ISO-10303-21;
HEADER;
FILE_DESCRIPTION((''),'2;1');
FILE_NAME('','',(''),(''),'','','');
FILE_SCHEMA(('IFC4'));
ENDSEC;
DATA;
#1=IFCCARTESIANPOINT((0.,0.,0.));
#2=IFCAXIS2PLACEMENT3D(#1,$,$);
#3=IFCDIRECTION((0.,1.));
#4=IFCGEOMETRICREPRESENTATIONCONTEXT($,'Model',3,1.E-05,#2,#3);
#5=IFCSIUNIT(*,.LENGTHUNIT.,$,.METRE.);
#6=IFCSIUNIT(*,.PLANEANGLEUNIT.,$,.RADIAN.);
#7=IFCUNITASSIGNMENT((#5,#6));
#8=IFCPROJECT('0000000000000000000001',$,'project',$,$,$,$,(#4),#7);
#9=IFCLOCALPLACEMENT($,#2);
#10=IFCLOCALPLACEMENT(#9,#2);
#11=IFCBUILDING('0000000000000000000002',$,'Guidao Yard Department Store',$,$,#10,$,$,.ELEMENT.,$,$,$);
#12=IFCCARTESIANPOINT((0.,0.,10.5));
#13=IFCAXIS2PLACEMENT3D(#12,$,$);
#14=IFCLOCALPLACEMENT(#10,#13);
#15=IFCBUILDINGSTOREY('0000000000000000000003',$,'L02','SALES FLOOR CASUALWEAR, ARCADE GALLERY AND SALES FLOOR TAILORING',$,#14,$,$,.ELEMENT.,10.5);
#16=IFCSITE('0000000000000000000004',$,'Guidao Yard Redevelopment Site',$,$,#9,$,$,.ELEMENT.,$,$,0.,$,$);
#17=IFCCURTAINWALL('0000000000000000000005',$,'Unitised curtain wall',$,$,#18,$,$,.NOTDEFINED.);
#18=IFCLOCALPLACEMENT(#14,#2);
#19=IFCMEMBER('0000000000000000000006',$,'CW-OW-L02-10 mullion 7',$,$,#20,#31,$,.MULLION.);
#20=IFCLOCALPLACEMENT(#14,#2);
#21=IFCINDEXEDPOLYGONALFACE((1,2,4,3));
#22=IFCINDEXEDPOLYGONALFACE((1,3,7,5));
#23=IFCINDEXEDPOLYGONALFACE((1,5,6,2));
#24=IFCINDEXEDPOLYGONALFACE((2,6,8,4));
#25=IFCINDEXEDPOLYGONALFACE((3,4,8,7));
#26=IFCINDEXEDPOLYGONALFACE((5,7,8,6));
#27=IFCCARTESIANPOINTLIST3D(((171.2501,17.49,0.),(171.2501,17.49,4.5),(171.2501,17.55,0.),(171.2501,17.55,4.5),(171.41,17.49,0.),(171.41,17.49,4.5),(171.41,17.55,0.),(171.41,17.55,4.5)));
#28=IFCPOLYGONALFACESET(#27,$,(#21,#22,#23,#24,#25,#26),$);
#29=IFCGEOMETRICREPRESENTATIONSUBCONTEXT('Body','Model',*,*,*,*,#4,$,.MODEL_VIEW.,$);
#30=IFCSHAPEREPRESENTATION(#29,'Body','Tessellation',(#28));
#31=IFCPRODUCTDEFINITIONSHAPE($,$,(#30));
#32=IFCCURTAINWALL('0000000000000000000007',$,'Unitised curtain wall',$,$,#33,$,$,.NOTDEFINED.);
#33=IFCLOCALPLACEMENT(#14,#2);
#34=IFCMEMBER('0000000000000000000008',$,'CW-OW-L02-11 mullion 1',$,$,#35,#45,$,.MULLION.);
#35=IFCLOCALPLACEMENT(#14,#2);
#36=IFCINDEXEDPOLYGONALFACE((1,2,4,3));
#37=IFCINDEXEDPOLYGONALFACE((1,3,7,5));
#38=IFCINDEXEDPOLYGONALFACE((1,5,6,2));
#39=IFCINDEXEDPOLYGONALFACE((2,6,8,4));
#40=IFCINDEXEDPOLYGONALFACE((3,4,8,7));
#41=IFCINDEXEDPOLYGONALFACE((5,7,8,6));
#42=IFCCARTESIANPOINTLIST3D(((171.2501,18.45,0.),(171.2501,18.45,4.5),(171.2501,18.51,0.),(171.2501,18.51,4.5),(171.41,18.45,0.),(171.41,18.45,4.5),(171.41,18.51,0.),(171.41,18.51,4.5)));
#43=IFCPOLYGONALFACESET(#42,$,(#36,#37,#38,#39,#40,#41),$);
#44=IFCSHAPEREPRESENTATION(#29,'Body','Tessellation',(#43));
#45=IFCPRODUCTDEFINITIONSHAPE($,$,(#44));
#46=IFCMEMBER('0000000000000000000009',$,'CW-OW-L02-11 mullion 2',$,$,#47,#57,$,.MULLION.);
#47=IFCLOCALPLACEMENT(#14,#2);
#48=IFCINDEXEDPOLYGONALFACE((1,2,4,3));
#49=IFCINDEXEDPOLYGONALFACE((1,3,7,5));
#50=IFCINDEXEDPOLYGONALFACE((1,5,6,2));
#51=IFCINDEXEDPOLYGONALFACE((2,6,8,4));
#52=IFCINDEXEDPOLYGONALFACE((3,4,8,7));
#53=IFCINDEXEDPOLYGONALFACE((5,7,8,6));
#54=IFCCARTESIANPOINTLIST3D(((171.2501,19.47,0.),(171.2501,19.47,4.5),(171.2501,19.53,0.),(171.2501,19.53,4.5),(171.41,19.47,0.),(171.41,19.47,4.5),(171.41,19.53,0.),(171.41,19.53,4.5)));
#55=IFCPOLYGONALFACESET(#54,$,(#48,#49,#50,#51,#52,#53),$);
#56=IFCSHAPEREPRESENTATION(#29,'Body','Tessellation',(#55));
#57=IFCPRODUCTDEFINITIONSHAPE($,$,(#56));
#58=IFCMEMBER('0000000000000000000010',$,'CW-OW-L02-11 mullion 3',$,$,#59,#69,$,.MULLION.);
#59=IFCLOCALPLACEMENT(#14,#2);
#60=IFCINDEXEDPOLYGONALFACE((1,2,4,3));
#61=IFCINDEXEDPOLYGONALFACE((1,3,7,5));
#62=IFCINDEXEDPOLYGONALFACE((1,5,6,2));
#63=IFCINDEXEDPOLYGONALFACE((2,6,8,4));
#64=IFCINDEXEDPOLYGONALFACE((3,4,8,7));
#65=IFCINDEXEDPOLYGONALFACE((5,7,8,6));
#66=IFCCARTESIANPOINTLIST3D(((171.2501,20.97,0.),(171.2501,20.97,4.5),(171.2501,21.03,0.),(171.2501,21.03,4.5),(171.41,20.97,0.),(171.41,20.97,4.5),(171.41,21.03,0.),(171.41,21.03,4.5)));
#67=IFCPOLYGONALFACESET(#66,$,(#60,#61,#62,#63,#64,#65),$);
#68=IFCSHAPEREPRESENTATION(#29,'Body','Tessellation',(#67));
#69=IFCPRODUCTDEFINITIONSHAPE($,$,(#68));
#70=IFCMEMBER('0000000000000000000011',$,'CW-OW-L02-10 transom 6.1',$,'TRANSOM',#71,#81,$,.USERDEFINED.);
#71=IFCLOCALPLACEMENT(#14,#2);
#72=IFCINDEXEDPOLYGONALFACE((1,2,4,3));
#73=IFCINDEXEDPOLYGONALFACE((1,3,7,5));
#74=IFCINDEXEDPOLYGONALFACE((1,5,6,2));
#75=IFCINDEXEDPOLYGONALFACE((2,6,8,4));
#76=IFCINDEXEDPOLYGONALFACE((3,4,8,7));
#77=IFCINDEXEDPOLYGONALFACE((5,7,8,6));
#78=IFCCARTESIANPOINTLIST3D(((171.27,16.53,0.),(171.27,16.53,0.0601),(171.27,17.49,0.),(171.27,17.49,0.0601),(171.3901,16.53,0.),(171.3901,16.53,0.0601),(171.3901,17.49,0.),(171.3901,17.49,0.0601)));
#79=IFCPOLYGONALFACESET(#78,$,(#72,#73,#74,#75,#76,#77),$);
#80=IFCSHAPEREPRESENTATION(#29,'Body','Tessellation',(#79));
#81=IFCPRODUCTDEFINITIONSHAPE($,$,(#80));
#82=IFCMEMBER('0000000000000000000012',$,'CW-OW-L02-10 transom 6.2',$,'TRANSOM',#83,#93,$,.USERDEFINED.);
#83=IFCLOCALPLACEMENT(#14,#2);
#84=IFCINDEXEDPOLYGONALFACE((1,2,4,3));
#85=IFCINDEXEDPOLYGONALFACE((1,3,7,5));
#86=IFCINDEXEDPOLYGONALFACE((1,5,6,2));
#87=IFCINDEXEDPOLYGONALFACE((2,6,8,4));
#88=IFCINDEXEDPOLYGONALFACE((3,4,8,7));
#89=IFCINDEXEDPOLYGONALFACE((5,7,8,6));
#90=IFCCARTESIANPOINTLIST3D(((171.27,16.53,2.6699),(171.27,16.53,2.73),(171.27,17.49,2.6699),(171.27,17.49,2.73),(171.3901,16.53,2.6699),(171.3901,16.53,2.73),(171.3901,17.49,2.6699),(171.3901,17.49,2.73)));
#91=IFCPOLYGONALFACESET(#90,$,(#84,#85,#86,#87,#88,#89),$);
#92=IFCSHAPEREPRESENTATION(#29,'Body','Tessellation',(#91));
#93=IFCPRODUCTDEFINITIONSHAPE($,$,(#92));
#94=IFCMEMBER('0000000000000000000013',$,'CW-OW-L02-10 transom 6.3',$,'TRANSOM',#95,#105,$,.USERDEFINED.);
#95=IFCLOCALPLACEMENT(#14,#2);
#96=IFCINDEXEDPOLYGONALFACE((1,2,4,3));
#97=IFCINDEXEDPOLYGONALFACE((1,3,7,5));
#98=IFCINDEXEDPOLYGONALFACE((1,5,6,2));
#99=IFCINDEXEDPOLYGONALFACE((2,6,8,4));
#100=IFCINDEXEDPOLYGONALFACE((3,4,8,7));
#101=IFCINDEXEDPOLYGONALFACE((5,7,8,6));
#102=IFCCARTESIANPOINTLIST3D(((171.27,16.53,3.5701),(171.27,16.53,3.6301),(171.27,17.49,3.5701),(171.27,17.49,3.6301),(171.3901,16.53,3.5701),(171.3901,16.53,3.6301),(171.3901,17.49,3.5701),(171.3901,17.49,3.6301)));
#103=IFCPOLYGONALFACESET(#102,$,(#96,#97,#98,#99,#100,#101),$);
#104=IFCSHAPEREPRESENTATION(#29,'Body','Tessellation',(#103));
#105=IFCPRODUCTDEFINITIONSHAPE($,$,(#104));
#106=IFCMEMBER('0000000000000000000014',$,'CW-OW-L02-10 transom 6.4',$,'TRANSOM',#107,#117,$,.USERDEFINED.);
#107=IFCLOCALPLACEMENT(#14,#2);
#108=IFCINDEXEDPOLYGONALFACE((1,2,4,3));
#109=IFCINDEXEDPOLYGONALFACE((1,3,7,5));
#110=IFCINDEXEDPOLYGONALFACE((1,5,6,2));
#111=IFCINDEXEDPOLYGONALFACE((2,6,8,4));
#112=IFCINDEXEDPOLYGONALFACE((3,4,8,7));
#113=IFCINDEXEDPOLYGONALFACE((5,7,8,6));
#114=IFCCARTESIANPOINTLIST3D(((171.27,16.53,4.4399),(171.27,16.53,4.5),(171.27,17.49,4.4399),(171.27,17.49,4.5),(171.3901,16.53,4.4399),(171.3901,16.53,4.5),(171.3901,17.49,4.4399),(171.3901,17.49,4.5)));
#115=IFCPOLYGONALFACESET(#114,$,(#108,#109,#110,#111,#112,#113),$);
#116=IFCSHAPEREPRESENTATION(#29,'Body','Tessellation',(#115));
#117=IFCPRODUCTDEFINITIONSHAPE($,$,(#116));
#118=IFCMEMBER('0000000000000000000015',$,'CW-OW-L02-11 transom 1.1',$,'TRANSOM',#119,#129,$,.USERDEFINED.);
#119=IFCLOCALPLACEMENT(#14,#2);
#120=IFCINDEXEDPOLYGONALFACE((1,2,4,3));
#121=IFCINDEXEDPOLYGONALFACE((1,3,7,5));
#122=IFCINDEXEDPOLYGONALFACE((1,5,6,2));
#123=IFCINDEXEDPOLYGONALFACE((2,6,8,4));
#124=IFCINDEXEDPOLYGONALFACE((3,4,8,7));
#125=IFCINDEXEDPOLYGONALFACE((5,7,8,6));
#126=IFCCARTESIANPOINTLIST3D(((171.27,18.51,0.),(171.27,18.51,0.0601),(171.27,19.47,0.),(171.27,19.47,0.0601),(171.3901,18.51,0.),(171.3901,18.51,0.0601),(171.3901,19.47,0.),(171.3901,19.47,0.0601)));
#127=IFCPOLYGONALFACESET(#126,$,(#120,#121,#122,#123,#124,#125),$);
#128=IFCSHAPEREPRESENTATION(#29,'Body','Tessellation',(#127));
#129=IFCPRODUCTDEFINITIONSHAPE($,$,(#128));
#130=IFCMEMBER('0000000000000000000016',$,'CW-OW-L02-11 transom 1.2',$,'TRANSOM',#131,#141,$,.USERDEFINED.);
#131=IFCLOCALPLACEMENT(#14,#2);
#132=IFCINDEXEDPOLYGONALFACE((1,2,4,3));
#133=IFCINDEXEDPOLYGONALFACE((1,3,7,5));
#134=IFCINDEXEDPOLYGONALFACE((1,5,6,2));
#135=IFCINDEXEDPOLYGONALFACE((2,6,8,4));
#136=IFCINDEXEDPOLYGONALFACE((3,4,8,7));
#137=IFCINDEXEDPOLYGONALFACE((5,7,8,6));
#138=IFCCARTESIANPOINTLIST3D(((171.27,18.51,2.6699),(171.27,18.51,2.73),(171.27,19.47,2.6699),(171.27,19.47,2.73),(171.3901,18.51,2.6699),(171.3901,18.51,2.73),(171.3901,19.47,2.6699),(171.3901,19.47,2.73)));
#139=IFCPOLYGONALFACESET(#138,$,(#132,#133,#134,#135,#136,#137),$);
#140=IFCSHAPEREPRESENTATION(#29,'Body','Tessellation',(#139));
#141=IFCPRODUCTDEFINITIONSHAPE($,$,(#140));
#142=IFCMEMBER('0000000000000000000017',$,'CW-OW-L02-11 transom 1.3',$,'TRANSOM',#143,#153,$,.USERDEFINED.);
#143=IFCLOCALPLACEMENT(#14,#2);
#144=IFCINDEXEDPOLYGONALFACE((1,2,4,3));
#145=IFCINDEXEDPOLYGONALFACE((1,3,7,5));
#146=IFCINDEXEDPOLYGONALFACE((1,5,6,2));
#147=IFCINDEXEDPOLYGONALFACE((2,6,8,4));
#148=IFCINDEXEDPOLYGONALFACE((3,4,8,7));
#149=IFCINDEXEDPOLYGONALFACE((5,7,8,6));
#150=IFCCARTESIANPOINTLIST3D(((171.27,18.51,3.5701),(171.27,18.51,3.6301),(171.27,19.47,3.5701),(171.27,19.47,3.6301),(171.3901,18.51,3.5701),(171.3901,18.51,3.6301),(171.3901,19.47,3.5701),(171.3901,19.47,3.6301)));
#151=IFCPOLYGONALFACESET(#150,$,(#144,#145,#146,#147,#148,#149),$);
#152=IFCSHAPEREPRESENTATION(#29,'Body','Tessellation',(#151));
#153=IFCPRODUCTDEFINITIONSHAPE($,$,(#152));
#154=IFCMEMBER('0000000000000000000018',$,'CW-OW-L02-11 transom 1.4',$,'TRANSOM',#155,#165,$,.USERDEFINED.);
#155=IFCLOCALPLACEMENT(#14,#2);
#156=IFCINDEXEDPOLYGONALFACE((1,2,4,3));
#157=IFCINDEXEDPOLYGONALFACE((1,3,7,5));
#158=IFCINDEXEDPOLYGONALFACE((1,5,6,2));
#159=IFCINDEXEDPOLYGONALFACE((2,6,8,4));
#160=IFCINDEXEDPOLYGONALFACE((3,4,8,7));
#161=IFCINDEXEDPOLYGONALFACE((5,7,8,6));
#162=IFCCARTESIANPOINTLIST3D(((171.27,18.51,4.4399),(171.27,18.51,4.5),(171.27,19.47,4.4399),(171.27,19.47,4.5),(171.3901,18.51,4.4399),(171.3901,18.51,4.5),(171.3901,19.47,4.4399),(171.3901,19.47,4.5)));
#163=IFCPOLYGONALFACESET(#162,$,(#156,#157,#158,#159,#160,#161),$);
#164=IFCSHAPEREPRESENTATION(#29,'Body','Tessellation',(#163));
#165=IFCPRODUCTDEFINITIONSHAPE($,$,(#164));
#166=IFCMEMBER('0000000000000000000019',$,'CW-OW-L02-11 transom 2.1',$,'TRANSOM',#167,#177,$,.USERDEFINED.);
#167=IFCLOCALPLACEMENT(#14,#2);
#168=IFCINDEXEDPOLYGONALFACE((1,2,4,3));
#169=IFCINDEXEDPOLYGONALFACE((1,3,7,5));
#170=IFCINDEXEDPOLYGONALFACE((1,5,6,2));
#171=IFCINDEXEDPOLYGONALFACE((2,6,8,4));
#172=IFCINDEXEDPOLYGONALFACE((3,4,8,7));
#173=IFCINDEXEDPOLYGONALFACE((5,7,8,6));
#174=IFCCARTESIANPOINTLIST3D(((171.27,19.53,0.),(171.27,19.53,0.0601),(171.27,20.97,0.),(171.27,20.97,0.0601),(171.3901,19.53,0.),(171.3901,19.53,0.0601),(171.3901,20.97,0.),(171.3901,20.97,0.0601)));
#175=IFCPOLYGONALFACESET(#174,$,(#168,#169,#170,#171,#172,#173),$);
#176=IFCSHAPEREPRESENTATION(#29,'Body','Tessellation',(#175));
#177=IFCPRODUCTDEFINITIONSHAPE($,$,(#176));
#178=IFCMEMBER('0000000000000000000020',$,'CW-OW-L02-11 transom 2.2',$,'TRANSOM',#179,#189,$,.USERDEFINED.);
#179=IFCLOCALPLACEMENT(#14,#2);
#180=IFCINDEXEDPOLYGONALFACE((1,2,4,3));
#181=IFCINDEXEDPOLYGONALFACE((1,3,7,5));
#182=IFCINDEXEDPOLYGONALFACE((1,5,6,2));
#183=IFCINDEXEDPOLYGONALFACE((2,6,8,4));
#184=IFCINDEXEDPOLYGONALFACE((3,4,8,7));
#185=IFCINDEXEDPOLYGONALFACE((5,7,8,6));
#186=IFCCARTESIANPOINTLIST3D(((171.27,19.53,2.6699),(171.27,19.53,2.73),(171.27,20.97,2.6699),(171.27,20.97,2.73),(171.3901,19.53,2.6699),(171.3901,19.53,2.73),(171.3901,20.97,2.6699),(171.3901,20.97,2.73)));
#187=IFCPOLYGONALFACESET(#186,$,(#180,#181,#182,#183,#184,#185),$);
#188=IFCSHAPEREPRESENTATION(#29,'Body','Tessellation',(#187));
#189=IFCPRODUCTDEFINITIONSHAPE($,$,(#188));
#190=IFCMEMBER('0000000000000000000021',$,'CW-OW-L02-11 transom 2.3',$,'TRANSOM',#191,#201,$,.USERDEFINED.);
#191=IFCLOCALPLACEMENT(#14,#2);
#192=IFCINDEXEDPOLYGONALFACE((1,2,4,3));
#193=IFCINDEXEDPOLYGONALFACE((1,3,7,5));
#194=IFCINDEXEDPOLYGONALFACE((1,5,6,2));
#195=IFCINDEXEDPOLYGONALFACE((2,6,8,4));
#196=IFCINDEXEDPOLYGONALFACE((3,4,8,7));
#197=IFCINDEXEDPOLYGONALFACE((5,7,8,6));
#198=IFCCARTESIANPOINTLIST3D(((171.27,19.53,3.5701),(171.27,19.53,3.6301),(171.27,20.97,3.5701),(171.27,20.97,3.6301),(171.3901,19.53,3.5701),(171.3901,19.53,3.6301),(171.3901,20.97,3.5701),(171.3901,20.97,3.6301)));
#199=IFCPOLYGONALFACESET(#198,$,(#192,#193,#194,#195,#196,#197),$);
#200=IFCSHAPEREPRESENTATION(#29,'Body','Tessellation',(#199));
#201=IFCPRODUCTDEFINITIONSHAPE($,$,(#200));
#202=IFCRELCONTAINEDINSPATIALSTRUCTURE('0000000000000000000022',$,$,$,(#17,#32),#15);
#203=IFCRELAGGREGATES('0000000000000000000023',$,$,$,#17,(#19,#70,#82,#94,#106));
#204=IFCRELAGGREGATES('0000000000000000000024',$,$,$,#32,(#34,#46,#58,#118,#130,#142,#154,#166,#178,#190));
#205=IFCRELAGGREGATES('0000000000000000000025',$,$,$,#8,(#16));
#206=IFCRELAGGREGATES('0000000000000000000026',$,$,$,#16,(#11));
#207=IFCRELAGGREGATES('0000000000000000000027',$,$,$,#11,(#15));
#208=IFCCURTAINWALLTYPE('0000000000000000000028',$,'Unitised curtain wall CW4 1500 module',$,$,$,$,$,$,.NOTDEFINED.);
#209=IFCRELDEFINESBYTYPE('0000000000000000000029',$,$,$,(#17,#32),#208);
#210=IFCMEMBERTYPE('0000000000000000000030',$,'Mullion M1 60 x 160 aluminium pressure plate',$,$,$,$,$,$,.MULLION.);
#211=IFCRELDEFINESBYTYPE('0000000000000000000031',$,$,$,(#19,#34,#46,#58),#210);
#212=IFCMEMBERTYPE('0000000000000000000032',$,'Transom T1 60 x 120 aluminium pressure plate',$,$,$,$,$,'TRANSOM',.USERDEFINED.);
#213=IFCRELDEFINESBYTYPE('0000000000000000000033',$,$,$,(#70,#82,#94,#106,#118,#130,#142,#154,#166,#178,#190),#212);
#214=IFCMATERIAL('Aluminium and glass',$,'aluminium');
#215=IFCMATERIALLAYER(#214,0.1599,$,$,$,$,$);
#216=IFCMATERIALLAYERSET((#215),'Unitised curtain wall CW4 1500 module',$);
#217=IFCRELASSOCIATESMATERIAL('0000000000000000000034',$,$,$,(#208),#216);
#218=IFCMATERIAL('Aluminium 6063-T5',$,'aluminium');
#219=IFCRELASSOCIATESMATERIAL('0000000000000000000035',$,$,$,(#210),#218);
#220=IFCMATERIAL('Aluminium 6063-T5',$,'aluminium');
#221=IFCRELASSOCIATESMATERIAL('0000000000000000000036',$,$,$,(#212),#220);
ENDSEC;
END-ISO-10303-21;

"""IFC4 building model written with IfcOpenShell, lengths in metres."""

from ifc_helpers import new_model, si_unit, direction, frame, origin, origin_2d, place, context, subcontext, project, spatial, rectangle, extrude, material, layer, layer_set, material_profile, profile_set, type_object, element, aggregate, save


model = new_model("IFC4")

# Units and contexts
model_context = context("Model", 3, precision=1e-05, world=origin(), true_north=direction((0.0, 1.0)))
body_context = subcontext(model_context, "Body", "Model", "MODEL_VIEW")
ifc_project = project(units=[si_unit("LENGTHUNIT", "METRE"), si_unit("PLANEANGLEUNIT", "RADIAN")], contexts=[model_context])

# Site, building, storey
site_placement = place(None, origin())
site = spatial("IfcSite", under=ifc_project, at=site_placement, Name="Guidao Yard Redevelopment Site", CompositionType="ELEMENT", RefElevation=0.0)
building_placement = place(site_placement, origin())
building = spatial("IfcBuilding", under=site, at=building_placement, Name="Guidao Yard Department Store", CompositionType="ELEMENT")
storey_placement = place(building_placement, frame((0.0, 0.0, 10.5)))
storey = spatial("IfcBuildingStorey", under=building, at=storey_placement, Name="L02", Description="SALES FLOOR CASUALWEAR, ARCADE GALLERY AND SALES FLOOR TAILORING", CompositionType="ELEMENT", Elevation=10.5)

# Curtain wall, member
ifc_material_1 = material(Name="Aluminium and glass", Category="aluminium")
ifc_layer_1 = layer(ifc_material_1, 0.1599)
ifc_layer_set_1 = layer_set([ifc_layer_1], Name="Unitised curtain wall CW4 1500 module")
curtain_wall_type = type_object("IfcCurtainWallType", Name="Unitised curtain wall CW4 1500 module", PredefinedType="NOTDEFINED", material=ifc_layer_set_1)
curtain_wall_1_placement = place(storey_placement, origin())
curtain_wall_1 = element("IfcCurtainWall", 1, at=curtain_wall_1_placement, inside=storey, type_object=curtain_wall_type, Name="Unitised curtain wall", PredefinedType="NOTDEFINED")
ifc_material_2 = material(Name="Aluminium 6063-T5", Category="aluminium")
ifc_material_profile_1 = material_profile(ifc_material_2, rectangle(XDim=0.0601, YDim=0.1599, at=origin_2d()), Name="Mullion M1 60 x 160 aluminium pressure plate")
ifc_profile_set_1 = profile_set([ifc_material_profile_1], Name="Aluminium 6063-T5")
member_type_1 = type_object("IfcMemberType", Name="Mullion M1 60 x 160 aluminium pressure plate", PredefinedType="MULLION", material=ifc_profile_set_1)
member_1_placement = place(storey_placement, frame((171.3301, 17.52, 0.0), z_axis=(0.0, 0.0, 1.0), x_axis=(0.0, -1.0, 0.0)))
member_1 = element("IfcMember", 2, at=member_1_placement, type_object=member_type_1, Name="CW-OW-L02-10 mullion 7", PredefinedType="MULLION", context=body_context, shape_type="SweptSolid", body=[
    extrude(rectangle(XDim=0.0601, YDim=0.1599, at=origin_2d()), origin(), (0.0, 0.0, 1.0), 4.5),
])

# Curtain wall, members
curtain_wall_2_placement = place(storey_placement, origin())
curtain_wall_2 = element("IfcCurtainWall", 3, at=curtain_wall_2_placement, inside=storey, type_object=curtain_wall_type, Name="Unitised curtain wall", PredefinedType="NOTDEFINED")
member_2_placement = place(storey_placement, frame((171.3301, 18.48, 0.0), z_axis=(0.0, 0.0, 1.0), x_axis=(0.0, -1.0, 0.0)))
member_2 = element("IfcMember", 4, at=member_2_placement, type_object=member_type_1, Name="CW-OW-L02-11 mullion 1", PredefinedType="MULLION", context=body_context, shape_type="SweptSolid", body=[
    extrude(rectangle(XDim=0.0601, YDim=0.1599, at=origin_2d()), origin(), (0.0, 0.0, 1.0), 4.5),
])
member_3_placement = place(storey_placement, frame((171.3301, 19.5, 0.0), z_axis=(0.0, 0.0, 1.0), x_axis=(0.0, -1.0, 0.0)))
member_3 = element("IfcMember", 5, at=member_3_placement, type_object=member_type_1, Name="CW-OW-L02-11 mullion 2", PredefinedType="MULLION", context=body_context, shape_type="SweptSolid", body=[
    extrude(rectangle(XDim=0.0601, YDim=0.1599, at=origin_2d()), origin(), (0.0, 0.0, 1.0), 4.5),
])
member_4_placement = place(storey_placement, frame((171.3301, 21.0, 0.0), z_axis=(0.0, 0.0, 1.0), x_axis=(0.0, -1.0, 0.0)))
member_4 = element("IfcMember", 6, at=member_4_placement, type_object=member_type_1, Name="CW-OW-L02-11 mullion 3", PredefinedType="MULLION", context=body_context, shape_type="SweptSolid", body=[
    extrude(rectangle(XDim=0.0601, YDim=0.1599, at=origin_2d()), origin(), (0.0, 0.0, 1.0), 4.5),
])

# Members
ifc_material_3 = material(Name="Aluminium 6063-T5", Category="aluminium")
ifc_material_profile_2 = material_profile(ifc_material_3, rectangle(XDim=0.1201, YDim=0.0601, at=origin_2d()), Name="Transom T1 60 x 120 aluminium pressure plate")
ifc_profile_set_2 = profile_set([ifc_material_profile_2], Name="Aluminium 6063-T5")
member_type_2 = type_object("IfcMemberType", Name="Transom T1 60 x 120 aluminium pressure plate", ElementType="TRANSOM", PredefinedType="USERDEFINED", material=ifc_profile_set_2)
member_5_placement = place(storey_placement, frame((171.3301, 17.49, 0.03), z_axis=(0.0, -1.0, 0.0), x_axis=(1.0, 0.0, 0.0)))
member_5 = element("IfcMember", 7, at=member_5_placement, type_object=member_type_2, Name="CW-OW-L02-10 transom 6.1", ObjectType="TRANSOM", PredefinedType="USERDEFINED", context=body_context, shape_type="SweptSolid", body=[
    extrude(rectangle(XDim=0.1201, YDim=0.0601, at=origin_2d()), origin(), (0.0, 0.0, 1.0), 0.96),
])
member_6_placement = place(storey_placement, frame((171.3301, 17.49, 2.7), z_axis=(0.0, -1.0, 0.0), x_axis=(1.0, 0.0, 0.0)))
member_6 = element("IfcMember", 8, at=member_6_placement, type_object=member_type_2, Name="CW-OW-L02-10 transom 6.2", ObjectType="TRANSOM", PredefinedType="USERDEFINED", context=body_context, shape_type="SweptSolid", body=[
    extrude(rectangle(XDim=0.1201, YDim=0.0601, at=origin_2d()), origin(), (0.0, 0.0, 1.0), 0.96),
])
member_7_placement = place(storey_placement, frame((171.3301, 17.49, 3.6001), z_axis=(0.0, -1.0, 0.0), x_axis=(1.0, 0.0, 0.0)))
member_7 = element("IfcMember", 9, at=member_7_placement, type_object=member_type_2, Name="CW-OW-L02-10 transom 6.3", ObjectType="TRANSOM", PredefinedType="USERDEFINED", context=body_context, shape_type="SweptSolid", body=[
    extrude(rectangle(XDim=0.1201, YDim=0.0601, at=origin_2d()), origin(), (0.0, 0.0, 1.0), 0.96),
])
member_8_placement = place(storey_placement, frame((171.3301, 17.49, 4.47), z_axis=(0.0, -1.0, 0.0), x_axis=(1.0, 0.0, 0.0)))
member_8 = element("IfcMember", 10, at=member_8_placement, type_object=member_type_2, Name="CW-OW-L02-10 transom 6.4", ObjectType="TRANSOM", PredefinedType="USERDEFINED", context=body_context, shape_type="SweptSolid", body=[
    extrude(rectangle(XDim=0.1201, YDim=0.0601, at=origin_2d()), origin(), (0.0, 0.0, 1.0), 0.96),
])
member_9_placement = place(storey_placement, frame((171.3301, 19.47, 0.03), z_axis=(0.0, -1.0, 0.0), x_axis=(1.0, 0.0, 0.0)))
member_9 = element("IfcMember", 11, at=member_9_placement, type_object=member_type_2, Name="CW-OW-L02-11 transom 1.1", ObjectType="TRANSOM", PredefinedType="USERDEFINED", context=body_context, shape_type="SweptSolid", body=[
    extrude(rectangle(XDim=0.1201, YDim=0.0601, at=origin_2d()), origin(), (0.0, 0.0, 1.0), 0.96),
])
member_10_placement = place(storey_placement, frame((171.3301, 19.47, 2.7), z_axis=(0.0, -1.0, 0.0), x_axis=(1.0, 0.0, 0.0)))
member_10 = element("IfcMember", 12, at=member_10_placement, type_object=member_type_2, Name="CW-OW-L02-11 transom 1.2", ObjectType="TRANSOM", PredefinedType="USERDEFINED", context=body_context, shape_type="SweptSolid", body=[
    extrude(rectangle(XDim=0.1201, YDim=0.0601, at=origin_2d()), origin(), (0.0, 0.0, 1.0), 0.96),
])
member_11_placement = place(storey_placement, frame((171.3301, 19.47, 3.6001), z_axis=(0.0, -1.0, 0.0), x_axis=(1.0, 0.0, 0.0)))
member_11 = element("IfcMember", 13, at=member_11_placement, type_object=member_type_2, Name="CW-OW-L02-11 transom 1.3", ObjectType="TRANSOM", PredefinedType="USERDEFINED", context=body_context, shape_type="SweptSolid", body=[
    extrude(rectangle(XDim=0.1201, YDim=0.0601, at=origin_2d()), origin(), (0.0, 0.0, 1.0), 0.96),
])
member_12_placement = place(storey_placement, frame((171.3301, 19.47, 4.47), z_axis=(0.0, -1.0, 0.0), x_axis=(1.0, 0.0, 0.0)))
member_12 = element("IfcMember", 14, at=member_12_placement, type_object=member_type_2, Name="CW-OW-L02-11 transom 1.4", ObjectType="TRANSOM", PredefinedType="USERDEFINED", context=body_context, shape_type="SweptSolid", body=[
    extrude(rectangle(XDim=0.1201, YDim=0.0601, at=origin_2d()), origin(), (0.0, 0.0, 1.0), 0.96),
])
member_13_placement = place(storey_placement, frame((171.3301, 20.97, 0.03), z_axis=(0.0, -1.0, 0.0), x_axis=(1.0, 0.0, 0.0)))
member_13 = element("IfcMember", 15, at=member_13_placement, type_object=member_type_2, Name="CW-OW-L02-11 transom 2.1", ObjectType="TRANSOM", PredefinedType="USERDEFINED", context=body_context, shape_type="SweptSolid", body=[
    extrude(rectangle(XDim=0.1201, YDim=0.0601, at=origin_2d()), origin(), (0.0, 0.0, 1.0), 1.4399),
])
member_14_placement = place(storey_placement, frame((171.3301, 20.97, 2.7), z_axis=(0.0, -1.0, 0.0), x_axis=(1.0, 0.0, 0.0)))
member_14 = element("IfcMember", 16, at=member_14_placement, type_object=member_type_2, Name="CW-OW-L02-11 transom 2.2", ObjectType="TRANSOM", PredefinedType="USERDEFINED", context=body_context, shape_type="SweptSolid", body=[
    extrude(rectangle(XDim=0.1201, YDim=0.0601, at=origin_2d()), origin(), (0.0, 0.0, 1.0), 1.4399),
])
member_15_placement = place(storey_placement, frame((171.3301, 20.97, 3.6001), z_axis=(0.0, -1.0, 0.0), x_axis=(1.0, 0.0, 0.0)))
member_15 = element("IfcMember", 17, at=member_15_placement, type_object=member_type_2, Name="CW-OW-L02-11 transom 2.3", ObjectType="TRANSOM", PredefinedType="USERDEFINED", context=body_context, shape_type="SweptSolid", body=[
    extrude(rectangle(XDim=0.1201, YDim=0.0601, at=origin_2d()), origin(), (0.0, 0.0, 1.0), 1.4399),
])

aggregate(curtain_wall_1, [member_1, member_5, member_6, member_7, member_8])
aggregate(curtain_wall_2, [member_2, member_3, member_4, member_9, member_10, member_11, member_12, member_13, member_14, member_15])

save(model, "model.ifc")
